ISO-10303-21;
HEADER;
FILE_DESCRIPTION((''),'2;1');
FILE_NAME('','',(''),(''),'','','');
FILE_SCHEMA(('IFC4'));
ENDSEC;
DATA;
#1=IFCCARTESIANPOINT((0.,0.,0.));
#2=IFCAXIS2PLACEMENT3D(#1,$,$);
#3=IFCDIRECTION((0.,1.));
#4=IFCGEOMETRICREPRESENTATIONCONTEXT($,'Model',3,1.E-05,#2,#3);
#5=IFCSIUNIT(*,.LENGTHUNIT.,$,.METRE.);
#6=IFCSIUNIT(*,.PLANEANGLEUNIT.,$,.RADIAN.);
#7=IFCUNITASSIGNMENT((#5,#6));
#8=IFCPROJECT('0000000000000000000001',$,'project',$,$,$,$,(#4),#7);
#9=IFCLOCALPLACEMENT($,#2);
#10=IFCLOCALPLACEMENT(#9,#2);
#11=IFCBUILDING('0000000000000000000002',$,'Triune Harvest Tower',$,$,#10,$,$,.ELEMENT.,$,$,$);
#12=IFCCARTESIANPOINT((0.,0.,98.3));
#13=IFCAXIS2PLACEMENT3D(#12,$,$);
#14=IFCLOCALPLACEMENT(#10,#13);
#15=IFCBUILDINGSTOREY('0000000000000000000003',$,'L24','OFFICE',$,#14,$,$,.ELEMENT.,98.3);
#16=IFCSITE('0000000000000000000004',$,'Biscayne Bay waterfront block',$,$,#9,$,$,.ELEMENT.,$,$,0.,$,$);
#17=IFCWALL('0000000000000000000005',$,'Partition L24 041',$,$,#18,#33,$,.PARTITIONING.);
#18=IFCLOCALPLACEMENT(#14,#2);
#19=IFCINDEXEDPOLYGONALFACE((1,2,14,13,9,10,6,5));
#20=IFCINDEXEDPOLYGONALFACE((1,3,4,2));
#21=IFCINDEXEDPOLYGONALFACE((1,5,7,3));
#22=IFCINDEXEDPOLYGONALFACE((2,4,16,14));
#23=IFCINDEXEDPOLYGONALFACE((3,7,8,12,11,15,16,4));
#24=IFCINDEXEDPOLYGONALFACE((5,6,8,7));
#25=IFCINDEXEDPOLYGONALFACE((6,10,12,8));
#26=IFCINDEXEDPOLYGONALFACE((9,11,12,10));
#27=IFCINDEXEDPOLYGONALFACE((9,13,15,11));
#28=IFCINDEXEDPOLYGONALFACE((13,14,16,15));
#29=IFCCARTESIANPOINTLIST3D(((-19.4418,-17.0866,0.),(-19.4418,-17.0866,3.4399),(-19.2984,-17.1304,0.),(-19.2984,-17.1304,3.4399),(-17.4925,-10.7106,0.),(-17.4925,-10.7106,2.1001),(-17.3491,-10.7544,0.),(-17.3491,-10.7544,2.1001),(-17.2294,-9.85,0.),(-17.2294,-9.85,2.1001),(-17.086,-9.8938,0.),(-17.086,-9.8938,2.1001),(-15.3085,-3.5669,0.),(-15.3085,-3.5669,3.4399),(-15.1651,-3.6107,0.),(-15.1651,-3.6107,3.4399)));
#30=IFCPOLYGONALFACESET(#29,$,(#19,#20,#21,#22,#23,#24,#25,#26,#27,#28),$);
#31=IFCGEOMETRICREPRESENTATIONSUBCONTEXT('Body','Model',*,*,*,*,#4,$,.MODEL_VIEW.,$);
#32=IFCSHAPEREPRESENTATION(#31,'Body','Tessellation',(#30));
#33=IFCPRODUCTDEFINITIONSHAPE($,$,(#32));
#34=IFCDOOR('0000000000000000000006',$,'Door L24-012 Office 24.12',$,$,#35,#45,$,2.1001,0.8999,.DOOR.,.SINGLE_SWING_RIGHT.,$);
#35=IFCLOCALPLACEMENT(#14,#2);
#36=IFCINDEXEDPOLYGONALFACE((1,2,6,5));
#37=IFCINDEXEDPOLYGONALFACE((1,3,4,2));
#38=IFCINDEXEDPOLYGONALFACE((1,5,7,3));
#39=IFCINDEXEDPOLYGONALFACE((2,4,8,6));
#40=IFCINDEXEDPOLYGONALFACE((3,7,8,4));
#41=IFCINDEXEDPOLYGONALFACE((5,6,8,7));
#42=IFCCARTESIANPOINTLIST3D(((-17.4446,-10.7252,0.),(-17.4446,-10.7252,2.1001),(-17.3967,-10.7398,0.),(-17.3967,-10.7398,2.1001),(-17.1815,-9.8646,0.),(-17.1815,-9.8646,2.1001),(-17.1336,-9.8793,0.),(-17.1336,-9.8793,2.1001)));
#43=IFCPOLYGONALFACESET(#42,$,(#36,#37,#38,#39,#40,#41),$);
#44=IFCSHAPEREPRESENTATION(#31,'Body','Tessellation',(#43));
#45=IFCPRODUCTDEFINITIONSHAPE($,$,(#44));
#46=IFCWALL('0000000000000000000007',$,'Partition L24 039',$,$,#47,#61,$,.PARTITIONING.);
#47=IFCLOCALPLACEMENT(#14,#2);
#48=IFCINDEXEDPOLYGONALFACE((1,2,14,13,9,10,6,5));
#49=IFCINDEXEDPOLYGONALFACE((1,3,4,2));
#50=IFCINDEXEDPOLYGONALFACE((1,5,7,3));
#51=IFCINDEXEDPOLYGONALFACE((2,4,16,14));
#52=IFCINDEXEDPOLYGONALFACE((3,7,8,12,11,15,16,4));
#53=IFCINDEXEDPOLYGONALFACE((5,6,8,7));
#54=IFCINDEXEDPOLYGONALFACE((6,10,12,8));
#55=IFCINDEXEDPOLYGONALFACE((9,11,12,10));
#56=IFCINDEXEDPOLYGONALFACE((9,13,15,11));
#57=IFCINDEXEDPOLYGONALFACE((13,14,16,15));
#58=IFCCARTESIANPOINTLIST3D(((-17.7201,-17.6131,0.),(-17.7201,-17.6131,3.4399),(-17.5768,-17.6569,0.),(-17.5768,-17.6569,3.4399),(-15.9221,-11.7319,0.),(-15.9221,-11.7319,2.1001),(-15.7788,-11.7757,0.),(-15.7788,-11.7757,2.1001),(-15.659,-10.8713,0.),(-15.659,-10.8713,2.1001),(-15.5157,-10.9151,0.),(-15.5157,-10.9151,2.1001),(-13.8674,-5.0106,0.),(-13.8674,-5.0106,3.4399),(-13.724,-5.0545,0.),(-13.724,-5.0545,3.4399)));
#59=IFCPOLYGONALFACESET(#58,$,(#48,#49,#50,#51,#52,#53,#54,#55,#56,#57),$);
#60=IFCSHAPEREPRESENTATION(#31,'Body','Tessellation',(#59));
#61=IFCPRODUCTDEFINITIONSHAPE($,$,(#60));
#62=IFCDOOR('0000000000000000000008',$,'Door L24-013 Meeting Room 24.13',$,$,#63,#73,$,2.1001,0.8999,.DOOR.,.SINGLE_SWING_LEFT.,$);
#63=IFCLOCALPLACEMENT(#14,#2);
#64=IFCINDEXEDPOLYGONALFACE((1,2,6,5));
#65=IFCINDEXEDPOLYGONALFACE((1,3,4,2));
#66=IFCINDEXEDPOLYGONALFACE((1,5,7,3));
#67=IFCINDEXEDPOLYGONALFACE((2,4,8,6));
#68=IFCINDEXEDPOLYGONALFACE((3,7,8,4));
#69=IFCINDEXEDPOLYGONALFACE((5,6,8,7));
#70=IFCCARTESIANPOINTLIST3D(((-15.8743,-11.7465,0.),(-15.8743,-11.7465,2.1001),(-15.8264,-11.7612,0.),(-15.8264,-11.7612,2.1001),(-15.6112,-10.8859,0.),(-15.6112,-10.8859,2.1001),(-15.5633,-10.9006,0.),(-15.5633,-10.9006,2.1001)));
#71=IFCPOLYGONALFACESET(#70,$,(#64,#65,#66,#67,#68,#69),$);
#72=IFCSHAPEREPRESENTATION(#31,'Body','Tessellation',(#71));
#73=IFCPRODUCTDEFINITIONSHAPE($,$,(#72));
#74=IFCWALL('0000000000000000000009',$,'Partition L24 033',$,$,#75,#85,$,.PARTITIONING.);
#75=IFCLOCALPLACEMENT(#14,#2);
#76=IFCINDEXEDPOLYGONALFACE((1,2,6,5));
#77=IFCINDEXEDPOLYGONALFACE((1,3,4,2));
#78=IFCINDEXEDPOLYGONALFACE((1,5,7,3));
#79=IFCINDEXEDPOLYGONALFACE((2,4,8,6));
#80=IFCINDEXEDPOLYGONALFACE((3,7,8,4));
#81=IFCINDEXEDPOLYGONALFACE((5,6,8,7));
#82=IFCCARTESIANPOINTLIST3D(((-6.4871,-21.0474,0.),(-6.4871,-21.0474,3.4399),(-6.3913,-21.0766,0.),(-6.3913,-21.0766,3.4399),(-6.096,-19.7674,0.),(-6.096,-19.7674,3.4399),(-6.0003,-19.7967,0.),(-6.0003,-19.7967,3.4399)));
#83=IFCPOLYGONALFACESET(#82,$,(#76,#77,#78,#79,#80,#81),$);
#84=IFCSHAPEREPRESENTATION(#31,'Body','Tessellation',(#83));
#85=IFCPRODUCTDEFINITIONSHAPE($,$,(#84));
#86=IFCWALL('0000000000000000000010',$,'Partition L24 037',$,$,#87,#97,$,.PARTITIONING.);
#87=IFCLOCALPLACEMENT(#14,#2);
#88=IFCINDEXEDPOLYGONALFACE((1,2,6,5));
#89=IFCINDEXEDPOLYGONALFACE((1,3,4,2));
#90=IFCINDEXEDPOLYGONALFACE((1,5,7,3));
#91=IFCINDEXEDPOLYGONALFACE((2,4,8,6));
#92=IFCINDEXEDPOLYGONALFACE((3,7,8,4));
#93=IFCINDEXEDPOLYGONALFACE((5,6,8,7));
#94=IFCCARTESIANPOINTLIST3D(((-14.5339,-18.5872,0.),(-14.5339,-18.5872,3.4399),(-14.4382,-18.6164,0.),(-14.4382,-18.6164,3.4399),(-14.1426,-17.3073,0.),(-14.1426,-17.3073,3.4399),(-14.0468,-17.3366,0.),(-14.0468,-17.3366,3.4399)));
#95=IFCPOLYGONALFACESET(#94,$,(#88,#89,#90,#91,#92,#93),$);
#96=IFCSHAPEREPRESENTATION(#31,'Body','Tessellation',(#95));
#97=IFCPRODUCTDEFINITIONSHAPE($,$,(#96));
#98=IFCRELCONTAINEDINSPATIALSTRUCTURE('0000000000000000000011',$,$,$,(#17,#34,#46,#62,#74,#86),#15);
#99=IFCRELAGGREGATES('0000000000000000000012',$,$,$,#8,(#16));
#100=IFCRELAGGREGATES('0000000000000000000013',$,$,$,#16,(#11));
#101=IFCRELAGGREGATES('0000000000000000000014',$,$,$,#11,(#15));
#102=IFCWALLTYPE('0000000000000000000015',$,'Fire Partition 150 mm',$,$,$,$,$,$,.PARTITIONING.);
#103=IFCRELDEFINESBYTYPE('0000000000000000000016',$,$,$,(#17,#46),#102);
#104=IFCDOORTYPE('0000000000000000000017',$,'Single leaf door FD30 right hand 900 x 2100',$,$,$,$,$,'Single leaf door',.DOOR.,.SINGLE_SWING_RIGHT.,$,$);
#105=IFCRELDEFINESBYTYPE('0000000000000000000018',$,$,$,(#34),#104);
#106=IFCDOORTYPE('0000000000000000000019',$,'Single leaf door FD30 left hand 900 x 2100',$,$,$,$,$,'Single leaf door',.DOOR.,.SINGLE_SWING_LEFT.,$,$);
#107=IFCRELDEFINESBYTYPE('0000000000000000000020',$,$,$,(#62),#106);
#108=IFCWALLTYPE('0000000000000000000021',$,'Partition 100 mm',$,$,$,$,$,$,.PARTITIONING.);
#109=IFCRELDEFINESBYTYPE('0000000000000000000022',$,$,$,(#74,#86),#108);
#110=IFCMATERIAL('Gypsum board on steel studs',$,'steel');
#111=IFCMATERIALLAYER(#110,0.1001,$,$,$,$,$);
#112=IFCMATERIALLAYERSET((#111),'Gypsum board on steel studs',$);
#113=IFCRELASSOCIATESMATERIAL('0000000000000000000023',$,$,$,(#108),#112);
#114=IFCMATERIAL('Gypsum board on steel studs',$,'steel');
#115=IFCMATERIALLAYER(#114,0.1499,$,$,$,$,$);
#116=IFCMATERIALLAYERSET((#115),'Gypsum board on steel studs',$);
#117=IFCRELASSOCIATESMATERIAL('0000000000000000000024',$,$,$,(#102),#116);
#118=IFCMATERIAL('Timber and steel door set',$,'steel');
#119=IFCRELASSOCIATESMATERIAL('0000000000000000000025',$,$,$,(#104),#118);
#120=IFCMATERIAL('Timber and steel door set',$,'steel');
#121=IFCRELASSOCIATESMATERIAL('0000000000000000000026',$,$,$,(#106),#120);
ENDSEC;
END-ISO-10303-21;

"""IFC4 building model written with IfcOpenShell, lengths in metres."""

from ifc_helpers import new_model, si_unit, direction, frame, frame_2d, origin, place, context, subcontext, project, spatial, rectangle, extrude, source, transform, mapped, material, layer, layer_set, type_object, element, fill, save


model = new_model("IFC4")

# Units and contexts
model_context = context("Model", 3, precision=1e-05, world=origin(), true_north=direction((0.0, 1.0)))
body_context = subcontext(model_context, "Body", "Model", "MODEL_VIEW")
ifc_project = project(units=[si_unit("LENGTHUNIT", "METRE"), si_unit("PLANEANGLEUNIT", "RADIAN")], contexts=[model_context])

# Site, building, storey
site_placement = place(None, origin())
site = spatial("IfcSite", under=ifc_project, at=site_placement, Name="Biscayne Bay waterfront block", CompositionType="ELEMENT", RefElevation=0.0)
building_placement = place(site_placement, origin())
building = spatial("IfcBuilding", under=site, at=building_placement, Name="Triune Harvest Tower", CompositionType="ELEMENT")
storey_placement = place(building_placement, frame((0.0, 0.0, 98.3)))
storey = spatial("IfcBuildingStorey", under=building, at=storey_placement, Name="L24", Description="OFFICE", CompositionType="ELEMENT", Elevation=98.3)

# Shared definitions
ifc_material_1 = material(Name="Gypsum board on steel studs", Category="steel")
ifc_layer_1 = layer(ifc_material_1, 0.1001)
ifc_layer_set_1 = layer_set([ifc_layer_1], Name="Gypsum board on steel studs")
wall_type_1 = type_object("IfcWallType", Name="Partition 100 mm", PredefinedType="PARTITIONING", material=ifc_layer_set_1)

# Walls, openings, doors
ifc_material_2 = material(Name="Gypsum board on steel studs", Category="steel")
ifc_layer_2 = layer(ifc_material_2, 0.1499)
ifc_layer_set_2 = layer_set([ifc_layer_2], Name="Gypsum board on steel studs")
wall_type_2 = type_object("IfcWallType", Name="Fire Partition 150 mm", PredefinedType="PARTITIONING", material=ifc_layer_set_2)
shared_shape_1 = source(origin(), body_context, "Body", "SweptSolid", [
    extrude(rectangle(XDim=14.1375, YDim=0.1499, at=frame_2d((7.0688, 0.0))), origin(), (0.0, 0.0, 1.0), 3.4399),
])
wall_1_placement = place(storey_placement, frame((-19.3701, -17.1086, 0.0), z_axis=(0.0, 0.0, 1.0), x_axis=(0.292365, 0.956307, 0.0)))
wall_1 = element("IfcWall", 1, at=wall_1_placement, inside=storey, type_object=wall_type_2, Name="Partition L24 041", PredefinedType="PARTITIONING", context=body_context, shape_type="MappedRepresentation", body=[
    mapped(shared_shape_1, transform((0.0, 0.0, 0.0), scale=1.0)),
])
opening_1_placement = place(wall_1_placement, frame((6.6675, 0.0, 0.0)))
opening_1 = element("IfcOpeningElement", 2, at=opening_1_placement, cuts=wall_1, PredefinedType="OPENING", context=body_context, shape_type="SweptSolid", body=[
    extrude(rectangle(XDim=0.8999, YDim=2.1001, at=frame_2d((0.45, 1.05))), frame((0.0, 0.085, 0.0), z_axis=(0.0, -1.0, 0.0), x_axis=(1.0, 0.0, 0.0)), (0.0, 0.0, 1.0), 0.1699),
])
ifc_material_3 = material(Name="Timber and steel door set", Category="steel")
door_type_1 = type_object("IfcDoorType", Name="Single leaf door FD30 right hand 900 x 2100", ElementType="Single leaf door", OperationType="SINGLE_SWING_RIGHT", PredefinedType="DOOR", material=ifc_material_3)
door_1_placement = place(opening_1_placement, origin())
door_1 = element("IfcDoor", 3, at=door_1_placement, inside=storey, type_object=door_type_1, Name="Door L24-012 Office 24.12", OperationType="SINGLE_SWING_RIGHT", OverallHeight=2.1001, OverallWidth=0.8999, PredefinedType="DOOR", context=body_context, shape_type="SweptSolid", body=[
    extrude(rectangle(XDim=0.8999, YDim=2.1001, at=frame_2d((0.45, 1.05))), frame((0.0, 0.0249, 0.0), z_axis=(0.0, -1.0, 0.0), x_axis=(1.0, 0.0, 0.0)), (0.0, 0.0, 1.0), 0.05),
])
fill(opening_1, door_1)
shared_shape_2 = source(origin(), body_context, "Body", "SweptSolid", [
    extrude(rectangle(XDim=13.1782, YDim=0.1499, at=frame_2d((6.5891, 0.0))), origin(), (0.0, 0.0, 1.0), 3.4399),
])
wall_2_placement = place(storey_placement, frame((-17.6484, -17.635, 0.0), z_axis=(0.0, 0.0, 1.0), x_axis=(0.292358, 0.956309, 0.0)))
wall_2 = element("IfcWall", 4, at=wall_2_placement, inside=storey, type_object=wall_type_2, Name="Partition L24 039", PredefinedType="PARTITIONING", context=body_context, shape_type="MappedRepresentation", body=[
    mapped(shared_shape_2, transform((0.0, 0.0, 0.0), scale=1.0)),
])
opening_2_placement = place(wall_2_placement, frame((6.1499, 0.0, 0.0)))
opening_2 = element("IfcOpeningElement", 5, at=opening_2_placement, cuts=wall_2, PredefinedType="OPENING", context=body_context, shape_type="SweptSolid", body=[
    extrude(rectangle(XDim=0.8999, YDim=2.1001, at=frame_2d((0.45, 1.05))), frame((0.0, 0.085, 0.0), z_axis=(0.0, -1.0, 0.0), x_axis=(1.0, 0.0, 0.0)), (0.0, 0.0, 1.0), 0.1699),
])
ifc_material_4 = material(Name="Timber and steel door set", Category="steel")
door_type_2 = type_object("IfcDoorType", Name="Single leaf door FD30 left hand 900 x 2100", ElementType="Single leaf door", OperationType="SINGLE_SWING_LEFT", PredefinedType="DOOR", material=ifc_material_4)
door_2_placement = place(opening_2_placement, origin())
door_2 = element("IfcDoor", 6, at=door_2_placement, inside=storey, type_object=door_type_2, Name="Door L24-013 Meeting Room 24.13", OperationType="SINGLE_SWING_LEFT", OverallHeight=2.1001, OverallWidth=0.8999, PredefinedType="DOOR", context=body_context, shape_type="SweptSolid", body=[
    extrude(rectangle(XDim=0.8999, YDim=2.1001, at=frame_2d((0.45, 1.05))), frame((0.0, 0.0249, 0.0), z_axis=(0.0, -1.0, 0.0), x_axis=(1.0, 0.0, 0.0)), (0.0, 0.0, 1.0), 0.05),
])
fill(opening_2, door_2)

# Walls
shared_shape_3 = source(origin(), body_context, "Body", "SweptSolid", [
    extrude(rectangle(XDim=1.3384, YDim=0.1001, at=frame_2d((0.6692, 0.0))), origin(), (0.0, 0.0, 1.0), 3.4399),
])
for number, where, z_axis, x_axis, name in (
    (7, (-6.4392, -21.062, 0.0), (0.0, 0.0, 1.0), (0.292214, 0.956353, 0.0), "Partition L24 033"),
    (8, (-14.4861, -18.6018, 0.0), (0.0, 0.0, 1.0), (0.292432, 0.956286, 0.0), "Partition L24 037"),
):
    element("IfcWall", number, at=place(storey_placement, frame(where, z_axis=z_axis, x_axis=x_axis)), inside=storey, type_object=wall_type_1, Name=name, PredefinedType="PARTITIONING", context=body_context, shape_type="MappedRepresentation", body=[
        mapped(shared_shape_3, transform((0.0, 0.0, 0.0), scale=1.0)),
    ])

save(model, "model.ifc")
